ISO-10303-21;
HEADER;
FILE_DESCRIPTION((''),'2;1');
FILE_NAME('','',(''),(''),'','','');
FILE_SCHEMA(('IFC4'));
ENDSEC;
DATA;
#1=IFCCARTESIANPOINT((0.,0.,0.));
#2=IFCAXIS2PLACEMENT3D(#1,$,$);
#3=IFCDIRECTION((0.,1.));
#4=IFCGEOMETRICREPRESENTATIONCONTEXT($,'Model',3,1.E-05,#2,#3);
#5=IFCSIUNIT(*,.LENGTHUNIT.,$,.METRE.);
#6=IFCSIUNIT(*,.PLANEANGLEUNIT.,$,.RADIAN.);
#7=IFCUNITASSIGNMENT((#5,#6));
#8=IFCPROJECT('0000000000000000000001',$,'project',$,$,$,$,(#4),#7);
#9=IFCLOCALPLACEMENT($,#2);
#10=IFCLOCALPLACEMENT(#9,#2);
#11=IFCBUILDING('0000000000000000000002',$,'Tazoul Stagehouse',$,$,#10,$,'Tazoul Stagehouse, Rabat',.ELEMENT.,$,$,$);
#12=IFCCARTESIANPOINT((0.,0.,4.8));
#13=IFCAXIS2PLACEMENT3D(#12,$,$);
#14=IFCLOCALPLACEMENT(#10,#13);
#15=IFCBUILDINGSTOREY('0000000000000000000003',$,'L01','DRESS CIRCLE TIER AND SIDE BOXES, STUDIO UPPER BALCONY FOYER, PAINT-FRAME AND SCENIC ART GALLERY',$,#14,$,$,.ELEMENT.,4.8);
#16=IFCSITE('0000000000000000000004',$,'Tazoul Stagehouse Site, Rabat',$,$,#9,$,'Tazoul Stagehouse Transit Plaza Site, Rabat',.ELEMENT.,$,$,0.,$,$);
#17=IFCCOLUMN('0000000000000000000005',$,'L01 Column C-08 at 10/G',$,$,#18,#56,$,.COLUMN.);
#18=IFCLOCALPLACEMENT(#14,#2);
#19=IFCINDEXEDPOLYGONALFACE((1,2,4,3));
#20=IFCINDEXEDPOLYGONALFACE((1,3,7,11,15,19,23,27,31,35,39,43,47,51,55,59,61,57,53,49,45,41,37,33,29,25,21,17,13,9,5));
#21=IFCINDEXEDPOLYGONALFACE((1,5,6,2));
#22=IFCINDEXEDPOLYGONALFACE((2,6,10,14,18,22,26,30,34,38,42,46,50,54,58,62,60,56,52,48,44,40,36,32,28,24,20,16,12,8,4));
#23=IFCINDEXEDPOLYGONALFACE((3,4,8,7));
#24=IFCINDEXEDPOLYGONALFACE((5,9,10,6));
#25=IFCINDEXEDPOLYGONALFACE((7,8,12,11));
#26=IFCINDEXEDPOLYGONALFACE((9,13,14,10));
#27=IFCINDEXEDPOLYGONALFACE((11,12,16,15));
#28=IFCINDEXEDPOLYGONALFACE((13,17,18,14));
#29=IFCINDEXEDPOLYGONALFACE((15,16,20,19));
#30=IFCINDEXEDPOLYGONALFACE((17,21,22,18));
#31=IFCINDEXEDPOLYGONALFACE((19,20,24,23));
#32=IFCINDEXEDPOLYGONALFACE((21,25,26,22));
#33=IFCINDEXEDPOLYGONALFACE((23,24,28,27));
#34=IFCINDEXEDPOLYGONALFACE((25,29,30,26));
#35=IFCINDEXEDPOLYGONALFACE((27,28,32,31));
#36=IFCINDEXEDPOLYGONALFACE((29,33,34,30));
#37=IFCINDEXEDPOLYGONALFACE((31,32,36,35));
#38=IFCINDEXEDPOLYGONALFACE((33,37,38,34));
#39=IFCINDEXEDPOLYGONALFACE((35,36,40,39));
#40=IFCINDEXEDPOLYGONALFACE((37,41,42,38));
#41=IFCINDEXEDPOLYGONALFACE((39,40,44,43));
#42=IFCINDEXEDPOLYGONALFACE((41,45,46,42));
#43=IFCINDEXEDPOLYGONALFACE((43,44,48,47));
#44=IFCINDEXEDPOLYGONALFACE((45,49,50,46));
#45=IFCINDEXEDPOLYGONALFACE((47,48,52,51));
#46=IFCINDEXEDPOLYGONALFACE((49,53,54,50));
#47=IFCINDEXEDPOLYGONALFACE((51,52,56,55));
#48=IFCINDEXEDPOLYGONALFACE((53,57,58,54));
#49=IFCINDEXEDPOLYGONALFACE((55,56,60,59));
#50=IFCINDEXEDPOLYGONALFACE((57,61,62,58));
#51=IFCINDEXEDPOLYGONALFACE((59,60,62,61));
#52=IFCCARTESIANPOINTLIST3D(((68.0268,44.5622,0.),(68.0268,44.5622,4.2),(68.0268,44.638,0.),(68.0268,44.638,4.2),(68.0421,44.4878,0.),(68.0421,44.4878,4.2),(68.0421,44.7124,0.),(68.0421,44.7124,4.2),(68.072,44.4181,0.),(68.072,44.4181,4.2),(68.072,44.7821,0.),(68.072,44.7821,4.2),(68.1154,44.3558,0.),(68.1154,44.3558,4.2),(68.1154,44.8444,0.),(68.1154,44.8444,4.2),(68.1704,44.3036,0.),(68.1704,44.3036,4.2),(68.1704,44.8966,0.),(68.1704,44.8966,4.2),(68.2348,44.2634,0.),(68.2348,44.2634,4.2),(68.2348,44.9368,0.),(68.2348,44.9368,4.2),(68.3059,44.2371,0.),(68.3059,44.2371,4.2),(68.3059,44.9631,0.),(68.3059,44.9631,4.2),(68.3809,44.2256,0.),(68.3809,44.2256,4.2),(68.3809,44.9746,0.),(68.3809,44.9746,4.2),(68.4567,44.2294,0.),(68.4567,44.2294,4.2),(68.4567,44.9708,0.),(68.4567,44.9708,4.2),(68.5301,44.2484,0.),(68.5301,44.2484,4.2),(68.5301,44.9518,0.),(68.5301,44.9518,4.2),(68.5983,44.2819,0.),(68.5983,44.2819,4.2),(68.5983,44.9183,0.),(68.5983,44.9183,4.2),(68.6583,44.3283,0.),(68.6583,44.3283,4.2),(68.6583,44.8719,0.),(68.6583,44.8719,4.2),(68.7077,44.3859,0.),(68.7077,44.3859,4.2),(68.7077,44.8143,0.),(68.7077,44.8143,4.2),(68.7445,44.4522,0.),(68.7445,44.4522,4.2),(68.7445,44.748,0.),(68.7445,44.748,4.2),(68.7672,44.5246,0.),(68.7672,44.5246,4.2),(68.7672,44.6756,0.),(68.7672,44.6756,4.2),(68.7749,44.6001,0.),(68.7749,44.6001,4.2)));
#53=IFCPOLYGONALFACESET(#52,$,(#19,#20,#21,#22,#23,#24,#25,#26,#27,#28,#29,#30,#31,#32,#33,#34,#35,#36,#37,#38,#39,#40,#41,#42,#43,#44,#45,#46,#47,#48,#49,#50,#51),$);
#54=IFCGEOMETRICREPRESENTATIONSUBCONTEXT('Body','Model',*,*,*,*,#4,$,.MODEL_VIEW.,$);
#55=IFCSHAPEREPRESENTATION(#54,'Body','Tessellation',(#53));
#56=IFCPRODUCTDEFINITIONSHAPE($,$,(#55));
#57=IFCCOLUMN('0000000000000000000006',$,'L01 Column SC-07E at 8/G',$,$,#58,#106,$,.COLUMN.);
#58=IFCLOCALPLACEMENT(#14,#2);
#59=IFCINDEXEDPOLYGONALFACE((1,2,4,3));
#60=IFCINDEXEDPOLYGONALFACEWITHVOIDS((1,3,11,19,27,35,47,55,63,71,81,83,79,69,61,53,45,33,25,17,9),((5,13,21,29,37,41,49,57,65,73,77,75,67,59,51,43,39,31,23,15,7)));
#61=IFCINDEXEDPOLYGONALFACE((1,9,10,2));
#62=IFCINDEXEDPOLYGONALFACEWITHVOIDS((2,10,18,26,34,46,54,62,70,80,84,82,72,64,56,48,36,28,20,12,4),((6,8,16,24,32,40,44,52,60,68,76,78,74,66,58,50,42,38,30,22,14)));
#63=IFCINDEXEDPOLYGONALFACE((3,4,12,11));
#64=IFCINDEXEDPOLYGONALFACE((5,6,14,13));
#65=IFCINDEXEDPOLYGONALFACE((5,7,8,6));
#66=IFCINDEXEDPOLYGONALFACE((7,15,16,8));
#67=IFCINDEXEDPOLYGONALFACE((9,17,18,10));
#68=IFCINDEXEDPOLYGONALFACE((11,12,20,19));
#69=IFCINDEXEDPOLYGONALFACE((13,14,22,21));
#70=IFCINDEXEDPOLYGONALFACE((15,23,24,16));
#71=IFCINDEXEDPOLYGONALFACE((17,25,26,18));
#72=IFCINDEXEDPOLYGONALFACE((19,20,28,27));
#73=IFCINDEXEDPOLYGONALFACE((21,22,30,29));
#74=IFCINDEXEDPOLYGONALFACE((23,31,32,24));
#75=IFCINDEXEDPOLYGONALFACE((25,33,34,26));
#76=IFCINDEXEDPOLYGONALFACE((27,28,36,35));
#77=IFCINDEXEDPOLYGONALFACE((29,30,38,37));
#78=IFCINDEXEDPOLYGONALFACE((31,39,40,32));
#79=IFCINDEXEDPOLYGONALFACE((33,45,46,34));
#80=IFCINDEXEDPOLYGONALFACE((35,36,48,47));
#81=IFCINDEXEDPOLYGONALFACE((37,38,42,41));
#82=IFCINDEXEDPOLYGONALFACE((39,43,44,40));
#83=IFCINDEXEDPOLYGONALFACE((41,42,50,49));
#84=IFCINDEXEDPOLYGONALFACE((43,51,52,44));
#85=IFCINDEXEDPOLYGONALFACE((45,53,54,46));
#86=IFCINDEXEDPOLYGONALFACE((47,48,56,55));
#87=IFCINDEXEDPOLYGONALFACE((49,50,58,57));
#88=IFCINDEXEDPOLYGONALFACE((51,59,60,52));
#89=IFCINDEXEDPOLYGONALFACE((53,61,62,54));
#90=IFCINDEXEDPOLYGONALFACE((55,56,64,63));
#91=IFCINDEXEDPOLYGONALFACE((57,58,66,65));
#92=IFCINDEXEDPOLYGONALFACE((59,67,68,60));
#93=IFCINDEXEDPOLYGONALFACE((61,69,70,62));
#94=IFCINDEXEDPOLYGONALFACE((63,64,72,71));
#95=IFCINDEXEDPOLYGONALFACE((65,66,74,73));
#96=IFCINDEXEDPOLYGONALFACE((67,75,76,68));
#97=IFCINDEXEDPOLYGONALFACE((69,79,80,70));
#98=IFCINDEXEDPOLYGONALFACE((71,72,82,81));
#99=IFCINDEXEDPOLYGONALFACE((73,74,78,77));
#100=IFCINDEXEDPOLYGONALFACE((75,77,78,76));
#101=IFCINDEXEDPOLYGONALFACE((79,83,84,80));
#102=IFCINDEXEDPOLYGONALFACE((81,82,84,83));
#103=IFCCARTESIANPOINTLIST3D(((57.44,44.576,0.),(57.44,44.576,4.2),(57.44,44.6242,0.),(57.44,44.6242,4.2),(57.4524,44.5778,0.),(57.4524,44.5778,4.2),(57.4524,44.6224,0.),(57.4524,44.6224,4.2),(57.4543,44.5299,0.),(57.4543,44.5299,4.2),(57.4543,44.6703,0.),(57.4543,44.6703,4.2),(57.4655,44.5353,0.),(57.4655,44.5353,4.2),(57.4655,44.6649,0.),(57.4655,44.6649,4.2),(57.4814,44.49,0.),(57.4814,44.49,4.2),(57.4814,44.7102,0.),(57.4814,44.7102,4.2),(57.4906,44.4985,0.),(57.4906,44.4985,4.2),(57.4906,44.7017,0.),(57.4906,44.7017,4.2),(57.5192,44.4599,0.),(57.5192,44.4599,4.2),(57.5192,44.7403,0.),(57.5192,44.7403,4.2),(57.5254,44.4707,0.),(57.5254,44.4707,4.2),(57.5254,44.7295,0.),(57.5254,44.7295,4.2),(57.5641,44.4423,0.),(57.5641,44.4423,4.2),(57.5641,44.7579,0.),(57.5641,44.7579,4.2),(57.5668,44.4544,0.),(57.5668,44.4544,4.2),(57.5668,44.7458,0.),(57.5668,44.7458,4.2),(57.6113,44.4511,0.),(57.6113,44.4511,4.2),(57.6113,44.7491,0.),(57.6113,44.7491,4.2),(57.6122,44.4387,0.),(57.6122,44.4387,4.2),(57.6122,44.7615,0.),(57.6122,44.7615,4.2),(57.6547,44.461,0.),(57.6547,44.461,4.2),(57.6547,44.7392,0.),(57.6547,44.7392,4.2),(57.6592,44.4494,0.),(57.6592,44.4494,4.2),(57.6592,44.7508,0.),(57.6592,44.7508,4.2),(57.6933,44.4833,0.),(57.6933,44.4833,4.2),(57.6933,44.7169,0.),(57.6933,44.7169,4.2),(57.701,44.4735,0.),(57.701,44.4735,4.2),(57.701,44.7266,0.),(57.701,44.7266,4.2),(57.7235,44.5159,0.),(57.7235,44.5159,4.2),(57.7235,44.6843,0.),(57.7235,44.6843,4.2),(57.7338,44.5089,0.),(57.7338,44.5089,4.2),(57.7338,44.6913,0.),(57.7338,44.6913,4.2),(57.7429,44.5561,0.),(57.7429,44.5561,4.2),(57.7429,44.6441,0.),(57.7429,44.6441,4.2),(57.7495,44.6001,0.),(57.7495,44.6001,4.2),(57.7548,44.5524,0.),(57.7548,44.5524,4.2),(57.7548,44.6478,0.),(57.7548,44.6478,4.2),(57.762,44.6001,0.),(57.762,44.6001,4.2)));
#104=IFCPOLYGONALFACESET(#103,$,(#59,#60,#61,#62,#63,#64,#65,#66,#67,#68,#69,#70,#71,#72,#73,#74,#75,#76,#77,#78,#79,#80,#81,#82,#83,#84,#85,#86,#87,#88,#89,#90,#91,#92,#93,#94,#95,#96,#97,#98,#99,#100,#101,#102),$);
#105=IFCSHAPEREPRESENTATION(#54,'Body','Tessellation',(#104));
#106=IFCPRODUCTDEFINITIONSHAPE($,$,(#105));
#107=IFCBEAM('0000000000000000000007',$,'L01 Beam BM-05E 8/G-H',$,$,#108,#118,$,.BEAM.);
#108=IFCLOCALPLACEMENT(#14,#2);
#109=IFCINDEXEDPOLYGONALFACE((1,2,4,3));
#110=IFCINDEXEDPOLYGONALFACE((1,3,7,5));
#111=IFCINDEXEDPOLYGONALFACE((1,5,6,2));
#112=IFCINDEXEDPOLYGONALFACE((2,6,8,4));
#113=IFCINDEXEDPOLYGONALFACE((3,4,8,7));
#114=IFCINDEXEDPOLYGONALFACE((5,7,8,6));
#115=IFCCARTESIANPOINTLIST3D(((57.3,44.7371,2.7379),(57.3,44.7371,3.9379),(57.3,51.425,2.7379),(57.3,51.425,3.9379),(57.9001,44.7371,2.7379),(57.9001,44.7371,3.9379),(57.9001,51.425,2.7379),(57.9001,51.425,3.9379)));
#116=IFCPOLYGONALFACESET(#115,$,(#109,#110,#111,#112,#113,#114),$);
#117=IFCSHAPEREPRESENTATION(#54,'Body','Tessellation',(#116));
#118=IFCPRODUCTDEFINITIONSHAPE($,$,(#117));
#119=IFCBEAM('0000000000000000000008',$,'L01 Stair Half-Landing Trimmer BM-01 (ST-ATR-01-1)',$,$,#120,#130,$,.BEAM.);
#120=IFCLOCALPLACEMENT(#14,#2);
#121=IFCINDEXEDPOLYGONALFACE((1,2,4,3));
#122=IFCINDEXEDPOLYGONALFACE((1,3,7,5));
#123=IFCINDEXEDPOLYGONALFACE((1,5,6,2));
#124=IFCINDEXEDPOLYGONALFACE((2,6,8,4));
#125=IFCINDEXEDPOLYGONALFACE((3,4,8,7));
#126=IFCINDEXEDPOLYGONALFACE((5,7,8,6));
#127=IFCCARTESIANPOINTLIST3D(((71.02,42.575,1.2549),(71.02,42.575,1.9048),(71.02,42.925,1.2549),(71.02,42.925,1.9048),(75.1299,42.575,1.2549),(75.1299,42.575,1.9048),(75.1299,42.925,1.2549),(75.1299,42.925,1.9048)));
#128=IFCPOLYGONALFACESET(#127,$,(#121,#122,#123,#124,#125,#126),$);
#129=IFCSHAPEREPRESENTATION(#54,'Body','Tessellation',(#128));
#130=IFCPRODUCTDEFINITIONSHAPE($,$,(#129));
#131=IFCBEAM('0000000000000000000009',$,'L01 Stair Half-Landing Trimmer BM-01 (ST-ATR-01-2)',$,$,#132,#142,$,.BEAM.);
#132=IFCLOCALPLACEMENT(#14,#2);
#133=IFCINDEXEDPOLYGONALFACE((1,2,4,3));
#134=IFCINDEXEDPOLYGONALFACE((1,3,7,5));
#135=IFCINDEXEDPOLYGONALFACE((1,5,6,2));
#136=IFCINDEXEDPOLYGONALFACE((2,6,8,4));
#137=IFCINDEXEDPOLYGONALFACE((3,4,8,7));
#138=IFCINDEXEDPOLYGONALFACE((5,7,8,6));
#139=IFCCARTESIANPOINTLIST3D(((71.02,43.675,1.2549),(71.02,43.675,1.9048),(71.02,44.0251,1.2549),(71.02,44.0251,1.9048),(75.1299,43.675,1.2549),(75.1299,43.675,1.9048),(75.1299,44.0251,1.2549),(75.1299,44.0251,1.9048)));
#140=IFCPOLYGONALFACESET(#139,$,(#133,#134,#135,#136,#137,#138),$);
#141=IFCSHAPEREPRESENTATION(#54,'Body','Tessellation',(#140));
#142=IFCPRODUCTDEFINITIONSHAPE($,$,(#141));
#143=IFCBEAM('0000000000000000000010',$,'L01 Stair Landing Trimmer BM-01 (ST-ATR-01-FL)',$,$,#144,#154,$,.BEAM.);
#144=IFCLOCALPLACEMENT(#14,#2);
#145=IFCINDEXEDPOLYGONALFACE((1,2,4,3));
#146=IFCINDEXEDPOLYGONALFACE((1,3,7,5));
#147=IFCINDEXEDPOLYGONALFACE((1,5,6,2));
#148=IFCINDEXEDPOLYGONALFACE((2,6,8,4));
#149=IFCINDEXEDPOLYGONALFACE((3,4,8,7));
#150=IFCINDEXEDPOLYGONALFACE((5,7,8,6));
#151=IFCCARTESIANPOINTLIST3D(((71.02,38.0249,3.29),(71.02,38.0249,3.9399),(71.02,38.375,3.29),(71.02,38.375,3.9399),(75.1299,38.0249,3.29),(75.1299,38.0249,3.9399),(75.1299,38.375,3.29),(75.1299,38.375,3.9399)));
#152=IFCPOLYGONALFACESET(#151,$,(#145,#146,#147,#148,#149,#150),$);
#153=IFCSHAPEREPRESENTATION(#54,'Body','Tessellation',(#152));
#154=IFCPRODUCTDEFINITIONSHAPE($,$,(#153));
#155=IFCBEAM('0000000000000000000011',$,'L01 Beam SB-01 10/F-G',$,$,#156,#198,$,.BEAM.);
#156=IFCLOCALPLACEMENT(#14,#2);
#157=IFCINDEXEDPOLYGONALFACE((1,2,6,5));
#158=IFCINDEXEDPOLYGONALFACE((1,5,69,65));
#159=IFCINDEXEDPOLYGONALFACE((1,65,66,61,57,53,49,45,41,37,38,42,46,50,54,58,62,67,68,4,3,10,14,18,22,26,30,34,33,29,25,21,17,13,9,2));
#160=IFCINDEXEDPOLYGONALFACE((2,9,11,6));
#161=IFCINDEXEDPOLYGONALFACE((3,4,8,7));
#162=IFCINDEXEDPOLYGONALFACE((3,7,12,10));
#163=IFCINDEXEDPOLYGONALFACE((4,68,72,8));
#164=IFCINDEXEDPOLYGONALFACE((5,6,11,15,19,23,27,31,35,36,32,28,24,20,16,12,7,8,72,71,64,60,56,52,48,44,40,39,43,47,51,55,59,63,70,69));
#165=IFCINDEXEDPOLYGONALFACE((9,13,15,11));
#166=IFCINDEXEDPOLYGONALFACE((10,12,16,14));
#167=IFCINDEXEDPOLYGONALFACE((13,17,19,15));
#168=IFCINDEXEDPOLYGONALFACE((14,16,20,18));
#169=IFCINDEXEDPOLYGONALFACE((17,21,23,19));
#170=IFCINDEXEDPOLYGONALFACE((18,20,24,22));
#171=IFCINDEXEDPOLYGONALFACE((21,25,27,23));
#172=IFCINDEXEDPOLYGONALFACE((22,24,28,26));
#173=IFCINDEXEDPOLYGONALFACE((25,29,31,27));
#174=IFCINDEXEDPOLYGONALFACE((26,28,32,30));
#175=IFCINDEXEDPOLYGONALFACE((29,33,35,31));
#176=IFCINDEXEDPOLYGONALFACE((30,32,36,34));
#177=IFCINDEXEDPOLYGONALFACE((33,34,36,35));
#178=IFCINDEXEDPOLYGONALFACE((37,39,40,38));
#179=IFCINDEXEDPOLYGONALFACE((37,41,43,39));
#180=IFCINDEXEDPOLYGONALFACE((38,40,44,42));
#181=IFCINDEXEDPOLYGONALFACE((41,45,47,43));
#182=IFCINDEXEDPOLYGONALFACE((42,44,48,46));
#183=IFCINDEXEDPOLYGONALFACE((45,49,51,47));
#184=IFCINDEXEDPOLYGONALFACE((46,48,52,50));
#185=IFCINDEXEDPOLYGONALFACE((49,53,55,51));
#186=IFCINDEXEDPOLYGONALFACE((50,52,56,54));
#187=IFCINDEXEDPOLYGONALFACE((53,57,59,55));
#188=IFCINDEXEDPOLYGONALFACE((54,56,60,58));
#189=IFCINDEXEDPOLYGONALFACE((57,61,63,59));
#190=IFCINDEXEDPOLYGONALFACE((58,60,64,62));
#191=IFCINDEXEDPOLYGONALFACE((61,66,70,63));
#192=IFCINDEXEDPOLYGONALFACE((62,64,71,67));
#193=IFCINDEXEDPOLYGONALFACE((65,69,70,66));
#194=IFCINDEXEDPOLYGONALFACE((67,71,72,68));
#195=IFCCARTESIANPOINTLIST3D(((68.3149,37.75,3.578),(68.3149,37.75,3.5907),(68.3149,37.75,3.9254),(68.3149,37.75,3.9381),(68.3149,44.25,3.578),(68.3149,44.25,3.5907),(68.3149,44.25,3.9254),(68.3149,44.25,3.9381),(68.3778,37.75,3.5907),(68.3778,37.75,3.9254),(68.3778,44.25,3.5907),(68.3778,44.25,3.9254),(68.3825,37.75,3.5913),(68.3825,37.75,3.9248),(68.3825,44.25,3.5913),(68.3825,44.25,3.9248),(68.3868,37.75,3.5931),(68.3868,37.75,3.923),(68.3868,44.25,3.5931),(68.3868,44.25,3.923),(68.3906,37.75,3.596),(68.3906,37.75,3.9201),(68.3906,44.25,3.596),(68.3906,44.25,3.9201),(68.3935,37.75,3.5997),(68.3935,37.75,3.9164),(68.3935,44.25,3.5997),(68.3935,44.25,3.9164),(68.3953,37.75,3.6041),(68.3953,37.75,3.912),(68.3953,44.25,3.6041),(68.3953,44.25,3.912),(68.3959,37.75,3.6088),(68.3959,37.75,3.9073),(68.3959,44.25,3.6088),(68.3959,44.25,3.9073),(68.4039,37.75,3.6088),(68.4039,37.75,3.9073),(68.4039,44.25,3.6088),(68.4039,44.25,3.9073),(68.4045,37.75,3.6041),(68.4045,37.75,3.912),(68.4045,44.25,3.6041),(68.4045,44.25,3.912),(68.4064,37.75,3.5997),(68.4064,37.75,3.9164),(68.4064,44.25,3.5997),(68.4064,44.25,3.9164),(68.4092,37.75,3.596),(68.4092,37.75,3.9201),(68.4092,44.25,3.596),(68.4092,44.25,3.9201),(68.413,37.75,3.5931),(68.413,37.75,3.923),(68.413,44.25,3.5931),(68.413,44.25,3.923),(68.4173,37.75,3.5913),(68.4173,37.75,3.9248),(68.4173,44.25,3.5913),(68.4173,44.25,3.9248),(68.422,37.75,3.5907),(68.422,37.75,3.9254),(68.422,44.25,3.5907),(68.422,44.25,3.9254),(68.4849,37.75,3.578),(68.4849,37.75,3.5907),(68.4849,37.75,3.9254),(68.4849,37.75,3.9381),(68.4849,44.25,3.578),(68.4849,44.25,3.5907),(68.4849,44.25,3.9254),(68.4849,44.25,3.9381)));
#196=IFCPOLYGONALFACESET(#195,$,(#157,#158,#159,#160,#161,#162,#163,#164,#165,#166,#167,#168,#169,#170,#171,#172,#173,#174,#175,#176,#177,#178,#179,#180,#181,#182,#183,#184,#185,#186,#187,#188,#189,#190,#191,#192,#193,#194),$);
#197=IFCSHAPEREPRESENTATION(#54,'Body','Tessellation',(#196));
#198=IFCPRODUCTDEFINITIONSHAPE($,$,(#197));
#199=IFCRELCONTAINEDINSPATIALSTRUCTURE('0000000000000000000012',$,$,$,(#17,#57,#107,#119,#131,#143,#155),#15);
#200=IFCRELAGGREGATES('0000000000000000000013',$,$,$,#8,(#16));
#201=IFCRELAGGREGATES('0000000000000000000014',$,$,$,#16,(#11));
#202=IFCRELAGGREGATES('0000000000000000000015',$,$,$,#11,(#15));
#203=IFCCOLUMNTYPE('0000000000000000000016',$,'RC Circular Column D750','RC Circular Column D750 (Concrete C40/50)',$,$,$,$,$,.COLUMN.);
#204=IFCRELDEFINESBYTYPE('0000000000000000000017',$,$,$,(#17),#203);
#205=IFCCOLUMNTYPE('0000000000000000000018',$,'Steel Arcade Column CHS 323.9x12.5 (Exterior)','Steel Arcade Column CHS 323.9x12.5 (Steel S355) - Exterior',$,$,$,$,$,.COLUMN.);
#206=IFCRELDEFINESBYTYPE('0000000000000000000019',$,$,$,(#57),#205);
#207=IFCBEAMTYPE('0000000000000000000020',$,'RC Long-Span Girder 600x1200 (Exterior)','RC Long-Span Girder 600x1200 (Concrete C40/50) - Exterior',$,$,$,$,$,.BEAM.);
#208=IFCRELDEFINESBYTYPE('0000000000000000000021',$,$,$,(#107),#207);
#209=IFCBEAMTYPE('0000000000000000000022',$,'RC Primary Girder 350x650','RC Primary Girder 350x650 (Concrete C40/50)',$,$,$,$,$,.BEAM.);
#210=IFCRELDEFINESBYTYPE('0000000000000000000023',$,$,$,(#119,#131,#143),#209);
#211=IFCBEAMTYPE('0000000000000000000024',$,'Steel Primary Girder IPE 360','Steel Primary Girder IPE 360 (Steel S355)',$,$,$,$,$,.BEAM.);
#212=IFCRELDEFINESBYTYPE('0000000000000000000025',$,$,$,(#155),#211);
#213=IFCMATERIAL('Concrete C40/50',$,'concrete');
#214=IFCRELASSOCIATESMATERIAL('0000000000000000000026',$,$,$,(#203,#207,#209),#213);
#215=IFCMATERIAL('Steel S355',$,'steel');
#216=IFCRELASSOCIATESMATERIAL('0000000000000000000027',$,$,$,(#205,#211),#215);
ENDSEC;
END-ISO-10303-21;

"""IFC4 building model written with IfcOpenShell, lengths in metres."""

from ifc_helpers import new_model, si_unit, direction, frame, origin, origin_2d, place, context, subcontext, project, spatial, rectangle, circle, hollow_circle, i_section, extrude, material, material_profile, profile_set, type_object, element, save


model = new_model("IFC4")

# Units and contexts
model_context = context("Model", 3, precision=1e-05, world=origin(), true_north=direction((0.0, 1.0)))
body_context = subcontext(model_context, "Body", "Model", "MODEL_VIEW")
ifc_project = project(units=[si_unit("LENGTHUNIT", "METRE"), si_unit("PLANEANGLEUNIT", "RADIAN")], contexts=[model_context])

# Site, building, storey
site_placement = place(None, origin())
site = spatial("IfcSite", under=ifc_project, at=site_placement, Name="Tazoul Stagehouse Site, Rabat", LongName="Tazoul Stagehouse Transit Plaza Site, Rabat", CompositionType="ELEMENT", RefElevation=0.0)
building_placement = place(site_placement, origin())
building = spatial("IfcBuilding", under=site, at=building_placement, Name="Tazoul Stagehouse", LongName="Tazoul Stagehouse, Rabat", CompositionType="ELEMENT")
storey_placement = place(building_placement, frame((0.0, 0.0, 4.8)))
storey = spatial("IfcBuildingStorey", under=building, at=storey_placement, Name="L01", Description="DRESS CIRCLE TIER AND SIDE BOXES, STUDIO UPPER BALCONY FOYER, PAINT-FRAME AND SCENIC ART GALLERY", CompositionType="ELEMENT", Elevation=4.8)

# Columns
ifc_material_1 = material(Name="Concrete C40/50", Category="concrete")
ifc_material_profile_1 = material_profile(ifc_material_1, circle(Radius=0.375, at=origin_2d()), Name="RC D750")
ifc_profile_set_1 = profile_set([ifc_material_profile_1], Name="Concrete C40/50")
column_type_1 = type_object("IfcColumnType", Name="RC Circular Column D750", Description="RC Circular Column D750 (Concrete C40/50)", PredefinedType="COLUMN", material=ifc_profile_set_1)
column_1_placement = place(storey_placement, frame((68.3999, 44.6001, 0.0), z_axis=(0.0, 0.0, 1.0), x_axis=(1.0, 0.0, 0.0)))
element("IfcColumn", 1, at=column_1_placement, inside=storey, type_object=column_type_1, Name="L01 Column C-08 at 10/G", PredefinedType="COLUMN", context=body_context, shape_type="SweptSolid", body=[
    extrude(circle(Radius=0.375, at=origin_2d()), origin(), (0.0, 0.0, 1.0), 4.2),
])
ifc_material_2 = material(Name="Steel S355", Category="steel")
ifc_material_profile_2 = material_profile(ifc_material_2, hollow_circle(Radius=0.1619, WallThickness=0.0125, at=origin_2d()), Name="CHS 323.9x12.5")
ifc_profile_set_2 = profile_set([ifc_material_profile_2], Name="Steel S355")
column_type_2 = type_object("IfcColumnType", Name="Steel Arcade Column CHS 323.9x12.5 (Exterior)", Description="Steel Arcade Column CHS 323.9x12.5 (Steel S355) - Exterior", PredefinedType="COLUMN", material=ifc_profile_set_2)
column_2_placement = place(storey_placement, frame((57.6001, 44.6001, 0.0), z_axis=(0.0, 0.0, 1.0), x_axis=(1.0, 0.0, 0.0)))
element("IfcColumn", 2, at=column_2_placement, inside=storey, type_object=column_type_2, Name="L01 Column SC-07E at 8/G", PredefinedType="COLUMN", context=body_context, shape_type="SweptSolid", body=[
    extrude(hollow_circle(Radius=0.1619, WallThickness=0.0125, at=origin_2d()), origin(), (0.0, 0.0, 1.0), 4.2),
])

# Beams
ifc_material_profile_3 = material_profile(ifc_material_1, rectangle(XDim=0.6001, YDim=1.2, at=origin_2d()), Name="RC 600x1200")
ifc_profile_set_3 = profile_set([ifc_material_profile_3], Name="Concrete C40/50")
beam_type_1 = type_object("IfcBeamType", Name="RC Long-Span Girder 600x1200 (Exterior)", Description="RC Long-Span Girder 600x1200 (Concrete C40/50) - Exterior", PredefinedType="BEAM", material=ifc_profile_set_3)
beam_1_placement = place(storey_placement, frame((57.6001, 44.7371, 3.3379), z_axis=(0.0, 1.0, 0.0), x_axis=(-1.0, 0.0, 0.0)))
element("IfcBeam", 3, at=beam_1_placement, inside=storey, type_object=beam_type_1, Name="L01 Beam BM-05E 8/G-H", PredefinedType="BEAM", context=body_context, shape_type="SweptSolid", body=[
    extrude(rectangle(XDim=0.6001, YDim=1.2, at=origin_2d()), origin(), (0.0, 0.0, 1.0), 6.688),
])
ifc_material_profile_4 = material_profile(ifc_material_1, rectangle(XDim=0.3501, YDim=0.6499, at=origin_2d()), Name="RC 350x650")
ifc_profile_set_4 = profile_set([ifc_material_profile_4], Name="Concrete C40/50")
beam_type_2 = type_object("IfcBeamType", Name="RC Primary Girder 350x650", Description="RC Primary Girder 350x650 (Concrete C40/50)", PredefinedType="BEAM", material=ifc_profile_set_4)
for number, where, z_axis, x_axis, name in (
    (4, (71.02, 42.75, 1.5798), (1.0, 0.0, 0.0), (0.0, 1.0, 0.0), "L01 Stair Half-Landing Trimmer BM-01 (ST-ATR-01-1)"),
    (5, (71.02, 43.8501, 1.5798), (1.0, 0.0, 0.0), (0.0, 1.0, 0.0), "L01 Stair Half-Landing Trimmer BM-01 (ST-ATR-01-2)"),
    (6, (71.02, 38.2, 3.615), (1.0, 0.0, 0.0), (0.0, 1.0, 0.0), "L01 Stair Landing Trimmer BM-01 (ST-ATR-01-FL)"),
):
    element("IfcBeam", number, at=place(storey_placement, frame(where, z_axis=z_axis, x_axis=x_axis)), inside=storey, type_object=beam_type_2, Name=name, PredefinedType="BEAM", context=body_context, shape_type="SweptSolid", body=[
        extrude(rectangle(XDim=0.3501, YDim=0.6499, at=origin_2d()), origin(), (0.0, 0.0, 1.0), 4.1099),
    ])
ifc_material_profile_5 = material_profile(ifc_material_2, i_section(OverallWidth=0.1699, OverallDepth=0.3601, WebThickness=0.0081, FlangeThickness=0.0127, FilletRadius=0.0181, at=origin_2d()), Name="IPE 360")
ifc_profile_set_5 = profile_set([ifc_material_profile_5], Name="Steel S355")
beam_type_3 = type_object("IfcBeamType", Name="Steel Primary Girder IPE 360", Description="Steel Primary Girder IPE 360 (Steel S355)", PredefinedType="BEAM", material=ifc_profile_set_5)
beam_2_placement = place(storey_placement, frame((68.3999, 37.75, 3.7581), z_axis=(0.0, 1.0, 0.0), x_axis=(-1.0, 0.0, 0.0)))
element("IfcBeam", 7, at=beam_2_placement, inside=storey, type_object=beam_type_3, Name="L01 Beam SB-01 10/F-G", PredefinedType="BEAM", context=body_context, shape_type="SweptSolid", body=[
    extrude(i_section(OverallWidth=0.1699, OverallDepth=0.3601, WebThickness=0.0081, FlangeThickness=0.0127, FilletRadius=0.0181, at=origin_2d()), origin(), (0.0, 0.0, 1.0), 6.5),
])

save(model, "model.ifc")
